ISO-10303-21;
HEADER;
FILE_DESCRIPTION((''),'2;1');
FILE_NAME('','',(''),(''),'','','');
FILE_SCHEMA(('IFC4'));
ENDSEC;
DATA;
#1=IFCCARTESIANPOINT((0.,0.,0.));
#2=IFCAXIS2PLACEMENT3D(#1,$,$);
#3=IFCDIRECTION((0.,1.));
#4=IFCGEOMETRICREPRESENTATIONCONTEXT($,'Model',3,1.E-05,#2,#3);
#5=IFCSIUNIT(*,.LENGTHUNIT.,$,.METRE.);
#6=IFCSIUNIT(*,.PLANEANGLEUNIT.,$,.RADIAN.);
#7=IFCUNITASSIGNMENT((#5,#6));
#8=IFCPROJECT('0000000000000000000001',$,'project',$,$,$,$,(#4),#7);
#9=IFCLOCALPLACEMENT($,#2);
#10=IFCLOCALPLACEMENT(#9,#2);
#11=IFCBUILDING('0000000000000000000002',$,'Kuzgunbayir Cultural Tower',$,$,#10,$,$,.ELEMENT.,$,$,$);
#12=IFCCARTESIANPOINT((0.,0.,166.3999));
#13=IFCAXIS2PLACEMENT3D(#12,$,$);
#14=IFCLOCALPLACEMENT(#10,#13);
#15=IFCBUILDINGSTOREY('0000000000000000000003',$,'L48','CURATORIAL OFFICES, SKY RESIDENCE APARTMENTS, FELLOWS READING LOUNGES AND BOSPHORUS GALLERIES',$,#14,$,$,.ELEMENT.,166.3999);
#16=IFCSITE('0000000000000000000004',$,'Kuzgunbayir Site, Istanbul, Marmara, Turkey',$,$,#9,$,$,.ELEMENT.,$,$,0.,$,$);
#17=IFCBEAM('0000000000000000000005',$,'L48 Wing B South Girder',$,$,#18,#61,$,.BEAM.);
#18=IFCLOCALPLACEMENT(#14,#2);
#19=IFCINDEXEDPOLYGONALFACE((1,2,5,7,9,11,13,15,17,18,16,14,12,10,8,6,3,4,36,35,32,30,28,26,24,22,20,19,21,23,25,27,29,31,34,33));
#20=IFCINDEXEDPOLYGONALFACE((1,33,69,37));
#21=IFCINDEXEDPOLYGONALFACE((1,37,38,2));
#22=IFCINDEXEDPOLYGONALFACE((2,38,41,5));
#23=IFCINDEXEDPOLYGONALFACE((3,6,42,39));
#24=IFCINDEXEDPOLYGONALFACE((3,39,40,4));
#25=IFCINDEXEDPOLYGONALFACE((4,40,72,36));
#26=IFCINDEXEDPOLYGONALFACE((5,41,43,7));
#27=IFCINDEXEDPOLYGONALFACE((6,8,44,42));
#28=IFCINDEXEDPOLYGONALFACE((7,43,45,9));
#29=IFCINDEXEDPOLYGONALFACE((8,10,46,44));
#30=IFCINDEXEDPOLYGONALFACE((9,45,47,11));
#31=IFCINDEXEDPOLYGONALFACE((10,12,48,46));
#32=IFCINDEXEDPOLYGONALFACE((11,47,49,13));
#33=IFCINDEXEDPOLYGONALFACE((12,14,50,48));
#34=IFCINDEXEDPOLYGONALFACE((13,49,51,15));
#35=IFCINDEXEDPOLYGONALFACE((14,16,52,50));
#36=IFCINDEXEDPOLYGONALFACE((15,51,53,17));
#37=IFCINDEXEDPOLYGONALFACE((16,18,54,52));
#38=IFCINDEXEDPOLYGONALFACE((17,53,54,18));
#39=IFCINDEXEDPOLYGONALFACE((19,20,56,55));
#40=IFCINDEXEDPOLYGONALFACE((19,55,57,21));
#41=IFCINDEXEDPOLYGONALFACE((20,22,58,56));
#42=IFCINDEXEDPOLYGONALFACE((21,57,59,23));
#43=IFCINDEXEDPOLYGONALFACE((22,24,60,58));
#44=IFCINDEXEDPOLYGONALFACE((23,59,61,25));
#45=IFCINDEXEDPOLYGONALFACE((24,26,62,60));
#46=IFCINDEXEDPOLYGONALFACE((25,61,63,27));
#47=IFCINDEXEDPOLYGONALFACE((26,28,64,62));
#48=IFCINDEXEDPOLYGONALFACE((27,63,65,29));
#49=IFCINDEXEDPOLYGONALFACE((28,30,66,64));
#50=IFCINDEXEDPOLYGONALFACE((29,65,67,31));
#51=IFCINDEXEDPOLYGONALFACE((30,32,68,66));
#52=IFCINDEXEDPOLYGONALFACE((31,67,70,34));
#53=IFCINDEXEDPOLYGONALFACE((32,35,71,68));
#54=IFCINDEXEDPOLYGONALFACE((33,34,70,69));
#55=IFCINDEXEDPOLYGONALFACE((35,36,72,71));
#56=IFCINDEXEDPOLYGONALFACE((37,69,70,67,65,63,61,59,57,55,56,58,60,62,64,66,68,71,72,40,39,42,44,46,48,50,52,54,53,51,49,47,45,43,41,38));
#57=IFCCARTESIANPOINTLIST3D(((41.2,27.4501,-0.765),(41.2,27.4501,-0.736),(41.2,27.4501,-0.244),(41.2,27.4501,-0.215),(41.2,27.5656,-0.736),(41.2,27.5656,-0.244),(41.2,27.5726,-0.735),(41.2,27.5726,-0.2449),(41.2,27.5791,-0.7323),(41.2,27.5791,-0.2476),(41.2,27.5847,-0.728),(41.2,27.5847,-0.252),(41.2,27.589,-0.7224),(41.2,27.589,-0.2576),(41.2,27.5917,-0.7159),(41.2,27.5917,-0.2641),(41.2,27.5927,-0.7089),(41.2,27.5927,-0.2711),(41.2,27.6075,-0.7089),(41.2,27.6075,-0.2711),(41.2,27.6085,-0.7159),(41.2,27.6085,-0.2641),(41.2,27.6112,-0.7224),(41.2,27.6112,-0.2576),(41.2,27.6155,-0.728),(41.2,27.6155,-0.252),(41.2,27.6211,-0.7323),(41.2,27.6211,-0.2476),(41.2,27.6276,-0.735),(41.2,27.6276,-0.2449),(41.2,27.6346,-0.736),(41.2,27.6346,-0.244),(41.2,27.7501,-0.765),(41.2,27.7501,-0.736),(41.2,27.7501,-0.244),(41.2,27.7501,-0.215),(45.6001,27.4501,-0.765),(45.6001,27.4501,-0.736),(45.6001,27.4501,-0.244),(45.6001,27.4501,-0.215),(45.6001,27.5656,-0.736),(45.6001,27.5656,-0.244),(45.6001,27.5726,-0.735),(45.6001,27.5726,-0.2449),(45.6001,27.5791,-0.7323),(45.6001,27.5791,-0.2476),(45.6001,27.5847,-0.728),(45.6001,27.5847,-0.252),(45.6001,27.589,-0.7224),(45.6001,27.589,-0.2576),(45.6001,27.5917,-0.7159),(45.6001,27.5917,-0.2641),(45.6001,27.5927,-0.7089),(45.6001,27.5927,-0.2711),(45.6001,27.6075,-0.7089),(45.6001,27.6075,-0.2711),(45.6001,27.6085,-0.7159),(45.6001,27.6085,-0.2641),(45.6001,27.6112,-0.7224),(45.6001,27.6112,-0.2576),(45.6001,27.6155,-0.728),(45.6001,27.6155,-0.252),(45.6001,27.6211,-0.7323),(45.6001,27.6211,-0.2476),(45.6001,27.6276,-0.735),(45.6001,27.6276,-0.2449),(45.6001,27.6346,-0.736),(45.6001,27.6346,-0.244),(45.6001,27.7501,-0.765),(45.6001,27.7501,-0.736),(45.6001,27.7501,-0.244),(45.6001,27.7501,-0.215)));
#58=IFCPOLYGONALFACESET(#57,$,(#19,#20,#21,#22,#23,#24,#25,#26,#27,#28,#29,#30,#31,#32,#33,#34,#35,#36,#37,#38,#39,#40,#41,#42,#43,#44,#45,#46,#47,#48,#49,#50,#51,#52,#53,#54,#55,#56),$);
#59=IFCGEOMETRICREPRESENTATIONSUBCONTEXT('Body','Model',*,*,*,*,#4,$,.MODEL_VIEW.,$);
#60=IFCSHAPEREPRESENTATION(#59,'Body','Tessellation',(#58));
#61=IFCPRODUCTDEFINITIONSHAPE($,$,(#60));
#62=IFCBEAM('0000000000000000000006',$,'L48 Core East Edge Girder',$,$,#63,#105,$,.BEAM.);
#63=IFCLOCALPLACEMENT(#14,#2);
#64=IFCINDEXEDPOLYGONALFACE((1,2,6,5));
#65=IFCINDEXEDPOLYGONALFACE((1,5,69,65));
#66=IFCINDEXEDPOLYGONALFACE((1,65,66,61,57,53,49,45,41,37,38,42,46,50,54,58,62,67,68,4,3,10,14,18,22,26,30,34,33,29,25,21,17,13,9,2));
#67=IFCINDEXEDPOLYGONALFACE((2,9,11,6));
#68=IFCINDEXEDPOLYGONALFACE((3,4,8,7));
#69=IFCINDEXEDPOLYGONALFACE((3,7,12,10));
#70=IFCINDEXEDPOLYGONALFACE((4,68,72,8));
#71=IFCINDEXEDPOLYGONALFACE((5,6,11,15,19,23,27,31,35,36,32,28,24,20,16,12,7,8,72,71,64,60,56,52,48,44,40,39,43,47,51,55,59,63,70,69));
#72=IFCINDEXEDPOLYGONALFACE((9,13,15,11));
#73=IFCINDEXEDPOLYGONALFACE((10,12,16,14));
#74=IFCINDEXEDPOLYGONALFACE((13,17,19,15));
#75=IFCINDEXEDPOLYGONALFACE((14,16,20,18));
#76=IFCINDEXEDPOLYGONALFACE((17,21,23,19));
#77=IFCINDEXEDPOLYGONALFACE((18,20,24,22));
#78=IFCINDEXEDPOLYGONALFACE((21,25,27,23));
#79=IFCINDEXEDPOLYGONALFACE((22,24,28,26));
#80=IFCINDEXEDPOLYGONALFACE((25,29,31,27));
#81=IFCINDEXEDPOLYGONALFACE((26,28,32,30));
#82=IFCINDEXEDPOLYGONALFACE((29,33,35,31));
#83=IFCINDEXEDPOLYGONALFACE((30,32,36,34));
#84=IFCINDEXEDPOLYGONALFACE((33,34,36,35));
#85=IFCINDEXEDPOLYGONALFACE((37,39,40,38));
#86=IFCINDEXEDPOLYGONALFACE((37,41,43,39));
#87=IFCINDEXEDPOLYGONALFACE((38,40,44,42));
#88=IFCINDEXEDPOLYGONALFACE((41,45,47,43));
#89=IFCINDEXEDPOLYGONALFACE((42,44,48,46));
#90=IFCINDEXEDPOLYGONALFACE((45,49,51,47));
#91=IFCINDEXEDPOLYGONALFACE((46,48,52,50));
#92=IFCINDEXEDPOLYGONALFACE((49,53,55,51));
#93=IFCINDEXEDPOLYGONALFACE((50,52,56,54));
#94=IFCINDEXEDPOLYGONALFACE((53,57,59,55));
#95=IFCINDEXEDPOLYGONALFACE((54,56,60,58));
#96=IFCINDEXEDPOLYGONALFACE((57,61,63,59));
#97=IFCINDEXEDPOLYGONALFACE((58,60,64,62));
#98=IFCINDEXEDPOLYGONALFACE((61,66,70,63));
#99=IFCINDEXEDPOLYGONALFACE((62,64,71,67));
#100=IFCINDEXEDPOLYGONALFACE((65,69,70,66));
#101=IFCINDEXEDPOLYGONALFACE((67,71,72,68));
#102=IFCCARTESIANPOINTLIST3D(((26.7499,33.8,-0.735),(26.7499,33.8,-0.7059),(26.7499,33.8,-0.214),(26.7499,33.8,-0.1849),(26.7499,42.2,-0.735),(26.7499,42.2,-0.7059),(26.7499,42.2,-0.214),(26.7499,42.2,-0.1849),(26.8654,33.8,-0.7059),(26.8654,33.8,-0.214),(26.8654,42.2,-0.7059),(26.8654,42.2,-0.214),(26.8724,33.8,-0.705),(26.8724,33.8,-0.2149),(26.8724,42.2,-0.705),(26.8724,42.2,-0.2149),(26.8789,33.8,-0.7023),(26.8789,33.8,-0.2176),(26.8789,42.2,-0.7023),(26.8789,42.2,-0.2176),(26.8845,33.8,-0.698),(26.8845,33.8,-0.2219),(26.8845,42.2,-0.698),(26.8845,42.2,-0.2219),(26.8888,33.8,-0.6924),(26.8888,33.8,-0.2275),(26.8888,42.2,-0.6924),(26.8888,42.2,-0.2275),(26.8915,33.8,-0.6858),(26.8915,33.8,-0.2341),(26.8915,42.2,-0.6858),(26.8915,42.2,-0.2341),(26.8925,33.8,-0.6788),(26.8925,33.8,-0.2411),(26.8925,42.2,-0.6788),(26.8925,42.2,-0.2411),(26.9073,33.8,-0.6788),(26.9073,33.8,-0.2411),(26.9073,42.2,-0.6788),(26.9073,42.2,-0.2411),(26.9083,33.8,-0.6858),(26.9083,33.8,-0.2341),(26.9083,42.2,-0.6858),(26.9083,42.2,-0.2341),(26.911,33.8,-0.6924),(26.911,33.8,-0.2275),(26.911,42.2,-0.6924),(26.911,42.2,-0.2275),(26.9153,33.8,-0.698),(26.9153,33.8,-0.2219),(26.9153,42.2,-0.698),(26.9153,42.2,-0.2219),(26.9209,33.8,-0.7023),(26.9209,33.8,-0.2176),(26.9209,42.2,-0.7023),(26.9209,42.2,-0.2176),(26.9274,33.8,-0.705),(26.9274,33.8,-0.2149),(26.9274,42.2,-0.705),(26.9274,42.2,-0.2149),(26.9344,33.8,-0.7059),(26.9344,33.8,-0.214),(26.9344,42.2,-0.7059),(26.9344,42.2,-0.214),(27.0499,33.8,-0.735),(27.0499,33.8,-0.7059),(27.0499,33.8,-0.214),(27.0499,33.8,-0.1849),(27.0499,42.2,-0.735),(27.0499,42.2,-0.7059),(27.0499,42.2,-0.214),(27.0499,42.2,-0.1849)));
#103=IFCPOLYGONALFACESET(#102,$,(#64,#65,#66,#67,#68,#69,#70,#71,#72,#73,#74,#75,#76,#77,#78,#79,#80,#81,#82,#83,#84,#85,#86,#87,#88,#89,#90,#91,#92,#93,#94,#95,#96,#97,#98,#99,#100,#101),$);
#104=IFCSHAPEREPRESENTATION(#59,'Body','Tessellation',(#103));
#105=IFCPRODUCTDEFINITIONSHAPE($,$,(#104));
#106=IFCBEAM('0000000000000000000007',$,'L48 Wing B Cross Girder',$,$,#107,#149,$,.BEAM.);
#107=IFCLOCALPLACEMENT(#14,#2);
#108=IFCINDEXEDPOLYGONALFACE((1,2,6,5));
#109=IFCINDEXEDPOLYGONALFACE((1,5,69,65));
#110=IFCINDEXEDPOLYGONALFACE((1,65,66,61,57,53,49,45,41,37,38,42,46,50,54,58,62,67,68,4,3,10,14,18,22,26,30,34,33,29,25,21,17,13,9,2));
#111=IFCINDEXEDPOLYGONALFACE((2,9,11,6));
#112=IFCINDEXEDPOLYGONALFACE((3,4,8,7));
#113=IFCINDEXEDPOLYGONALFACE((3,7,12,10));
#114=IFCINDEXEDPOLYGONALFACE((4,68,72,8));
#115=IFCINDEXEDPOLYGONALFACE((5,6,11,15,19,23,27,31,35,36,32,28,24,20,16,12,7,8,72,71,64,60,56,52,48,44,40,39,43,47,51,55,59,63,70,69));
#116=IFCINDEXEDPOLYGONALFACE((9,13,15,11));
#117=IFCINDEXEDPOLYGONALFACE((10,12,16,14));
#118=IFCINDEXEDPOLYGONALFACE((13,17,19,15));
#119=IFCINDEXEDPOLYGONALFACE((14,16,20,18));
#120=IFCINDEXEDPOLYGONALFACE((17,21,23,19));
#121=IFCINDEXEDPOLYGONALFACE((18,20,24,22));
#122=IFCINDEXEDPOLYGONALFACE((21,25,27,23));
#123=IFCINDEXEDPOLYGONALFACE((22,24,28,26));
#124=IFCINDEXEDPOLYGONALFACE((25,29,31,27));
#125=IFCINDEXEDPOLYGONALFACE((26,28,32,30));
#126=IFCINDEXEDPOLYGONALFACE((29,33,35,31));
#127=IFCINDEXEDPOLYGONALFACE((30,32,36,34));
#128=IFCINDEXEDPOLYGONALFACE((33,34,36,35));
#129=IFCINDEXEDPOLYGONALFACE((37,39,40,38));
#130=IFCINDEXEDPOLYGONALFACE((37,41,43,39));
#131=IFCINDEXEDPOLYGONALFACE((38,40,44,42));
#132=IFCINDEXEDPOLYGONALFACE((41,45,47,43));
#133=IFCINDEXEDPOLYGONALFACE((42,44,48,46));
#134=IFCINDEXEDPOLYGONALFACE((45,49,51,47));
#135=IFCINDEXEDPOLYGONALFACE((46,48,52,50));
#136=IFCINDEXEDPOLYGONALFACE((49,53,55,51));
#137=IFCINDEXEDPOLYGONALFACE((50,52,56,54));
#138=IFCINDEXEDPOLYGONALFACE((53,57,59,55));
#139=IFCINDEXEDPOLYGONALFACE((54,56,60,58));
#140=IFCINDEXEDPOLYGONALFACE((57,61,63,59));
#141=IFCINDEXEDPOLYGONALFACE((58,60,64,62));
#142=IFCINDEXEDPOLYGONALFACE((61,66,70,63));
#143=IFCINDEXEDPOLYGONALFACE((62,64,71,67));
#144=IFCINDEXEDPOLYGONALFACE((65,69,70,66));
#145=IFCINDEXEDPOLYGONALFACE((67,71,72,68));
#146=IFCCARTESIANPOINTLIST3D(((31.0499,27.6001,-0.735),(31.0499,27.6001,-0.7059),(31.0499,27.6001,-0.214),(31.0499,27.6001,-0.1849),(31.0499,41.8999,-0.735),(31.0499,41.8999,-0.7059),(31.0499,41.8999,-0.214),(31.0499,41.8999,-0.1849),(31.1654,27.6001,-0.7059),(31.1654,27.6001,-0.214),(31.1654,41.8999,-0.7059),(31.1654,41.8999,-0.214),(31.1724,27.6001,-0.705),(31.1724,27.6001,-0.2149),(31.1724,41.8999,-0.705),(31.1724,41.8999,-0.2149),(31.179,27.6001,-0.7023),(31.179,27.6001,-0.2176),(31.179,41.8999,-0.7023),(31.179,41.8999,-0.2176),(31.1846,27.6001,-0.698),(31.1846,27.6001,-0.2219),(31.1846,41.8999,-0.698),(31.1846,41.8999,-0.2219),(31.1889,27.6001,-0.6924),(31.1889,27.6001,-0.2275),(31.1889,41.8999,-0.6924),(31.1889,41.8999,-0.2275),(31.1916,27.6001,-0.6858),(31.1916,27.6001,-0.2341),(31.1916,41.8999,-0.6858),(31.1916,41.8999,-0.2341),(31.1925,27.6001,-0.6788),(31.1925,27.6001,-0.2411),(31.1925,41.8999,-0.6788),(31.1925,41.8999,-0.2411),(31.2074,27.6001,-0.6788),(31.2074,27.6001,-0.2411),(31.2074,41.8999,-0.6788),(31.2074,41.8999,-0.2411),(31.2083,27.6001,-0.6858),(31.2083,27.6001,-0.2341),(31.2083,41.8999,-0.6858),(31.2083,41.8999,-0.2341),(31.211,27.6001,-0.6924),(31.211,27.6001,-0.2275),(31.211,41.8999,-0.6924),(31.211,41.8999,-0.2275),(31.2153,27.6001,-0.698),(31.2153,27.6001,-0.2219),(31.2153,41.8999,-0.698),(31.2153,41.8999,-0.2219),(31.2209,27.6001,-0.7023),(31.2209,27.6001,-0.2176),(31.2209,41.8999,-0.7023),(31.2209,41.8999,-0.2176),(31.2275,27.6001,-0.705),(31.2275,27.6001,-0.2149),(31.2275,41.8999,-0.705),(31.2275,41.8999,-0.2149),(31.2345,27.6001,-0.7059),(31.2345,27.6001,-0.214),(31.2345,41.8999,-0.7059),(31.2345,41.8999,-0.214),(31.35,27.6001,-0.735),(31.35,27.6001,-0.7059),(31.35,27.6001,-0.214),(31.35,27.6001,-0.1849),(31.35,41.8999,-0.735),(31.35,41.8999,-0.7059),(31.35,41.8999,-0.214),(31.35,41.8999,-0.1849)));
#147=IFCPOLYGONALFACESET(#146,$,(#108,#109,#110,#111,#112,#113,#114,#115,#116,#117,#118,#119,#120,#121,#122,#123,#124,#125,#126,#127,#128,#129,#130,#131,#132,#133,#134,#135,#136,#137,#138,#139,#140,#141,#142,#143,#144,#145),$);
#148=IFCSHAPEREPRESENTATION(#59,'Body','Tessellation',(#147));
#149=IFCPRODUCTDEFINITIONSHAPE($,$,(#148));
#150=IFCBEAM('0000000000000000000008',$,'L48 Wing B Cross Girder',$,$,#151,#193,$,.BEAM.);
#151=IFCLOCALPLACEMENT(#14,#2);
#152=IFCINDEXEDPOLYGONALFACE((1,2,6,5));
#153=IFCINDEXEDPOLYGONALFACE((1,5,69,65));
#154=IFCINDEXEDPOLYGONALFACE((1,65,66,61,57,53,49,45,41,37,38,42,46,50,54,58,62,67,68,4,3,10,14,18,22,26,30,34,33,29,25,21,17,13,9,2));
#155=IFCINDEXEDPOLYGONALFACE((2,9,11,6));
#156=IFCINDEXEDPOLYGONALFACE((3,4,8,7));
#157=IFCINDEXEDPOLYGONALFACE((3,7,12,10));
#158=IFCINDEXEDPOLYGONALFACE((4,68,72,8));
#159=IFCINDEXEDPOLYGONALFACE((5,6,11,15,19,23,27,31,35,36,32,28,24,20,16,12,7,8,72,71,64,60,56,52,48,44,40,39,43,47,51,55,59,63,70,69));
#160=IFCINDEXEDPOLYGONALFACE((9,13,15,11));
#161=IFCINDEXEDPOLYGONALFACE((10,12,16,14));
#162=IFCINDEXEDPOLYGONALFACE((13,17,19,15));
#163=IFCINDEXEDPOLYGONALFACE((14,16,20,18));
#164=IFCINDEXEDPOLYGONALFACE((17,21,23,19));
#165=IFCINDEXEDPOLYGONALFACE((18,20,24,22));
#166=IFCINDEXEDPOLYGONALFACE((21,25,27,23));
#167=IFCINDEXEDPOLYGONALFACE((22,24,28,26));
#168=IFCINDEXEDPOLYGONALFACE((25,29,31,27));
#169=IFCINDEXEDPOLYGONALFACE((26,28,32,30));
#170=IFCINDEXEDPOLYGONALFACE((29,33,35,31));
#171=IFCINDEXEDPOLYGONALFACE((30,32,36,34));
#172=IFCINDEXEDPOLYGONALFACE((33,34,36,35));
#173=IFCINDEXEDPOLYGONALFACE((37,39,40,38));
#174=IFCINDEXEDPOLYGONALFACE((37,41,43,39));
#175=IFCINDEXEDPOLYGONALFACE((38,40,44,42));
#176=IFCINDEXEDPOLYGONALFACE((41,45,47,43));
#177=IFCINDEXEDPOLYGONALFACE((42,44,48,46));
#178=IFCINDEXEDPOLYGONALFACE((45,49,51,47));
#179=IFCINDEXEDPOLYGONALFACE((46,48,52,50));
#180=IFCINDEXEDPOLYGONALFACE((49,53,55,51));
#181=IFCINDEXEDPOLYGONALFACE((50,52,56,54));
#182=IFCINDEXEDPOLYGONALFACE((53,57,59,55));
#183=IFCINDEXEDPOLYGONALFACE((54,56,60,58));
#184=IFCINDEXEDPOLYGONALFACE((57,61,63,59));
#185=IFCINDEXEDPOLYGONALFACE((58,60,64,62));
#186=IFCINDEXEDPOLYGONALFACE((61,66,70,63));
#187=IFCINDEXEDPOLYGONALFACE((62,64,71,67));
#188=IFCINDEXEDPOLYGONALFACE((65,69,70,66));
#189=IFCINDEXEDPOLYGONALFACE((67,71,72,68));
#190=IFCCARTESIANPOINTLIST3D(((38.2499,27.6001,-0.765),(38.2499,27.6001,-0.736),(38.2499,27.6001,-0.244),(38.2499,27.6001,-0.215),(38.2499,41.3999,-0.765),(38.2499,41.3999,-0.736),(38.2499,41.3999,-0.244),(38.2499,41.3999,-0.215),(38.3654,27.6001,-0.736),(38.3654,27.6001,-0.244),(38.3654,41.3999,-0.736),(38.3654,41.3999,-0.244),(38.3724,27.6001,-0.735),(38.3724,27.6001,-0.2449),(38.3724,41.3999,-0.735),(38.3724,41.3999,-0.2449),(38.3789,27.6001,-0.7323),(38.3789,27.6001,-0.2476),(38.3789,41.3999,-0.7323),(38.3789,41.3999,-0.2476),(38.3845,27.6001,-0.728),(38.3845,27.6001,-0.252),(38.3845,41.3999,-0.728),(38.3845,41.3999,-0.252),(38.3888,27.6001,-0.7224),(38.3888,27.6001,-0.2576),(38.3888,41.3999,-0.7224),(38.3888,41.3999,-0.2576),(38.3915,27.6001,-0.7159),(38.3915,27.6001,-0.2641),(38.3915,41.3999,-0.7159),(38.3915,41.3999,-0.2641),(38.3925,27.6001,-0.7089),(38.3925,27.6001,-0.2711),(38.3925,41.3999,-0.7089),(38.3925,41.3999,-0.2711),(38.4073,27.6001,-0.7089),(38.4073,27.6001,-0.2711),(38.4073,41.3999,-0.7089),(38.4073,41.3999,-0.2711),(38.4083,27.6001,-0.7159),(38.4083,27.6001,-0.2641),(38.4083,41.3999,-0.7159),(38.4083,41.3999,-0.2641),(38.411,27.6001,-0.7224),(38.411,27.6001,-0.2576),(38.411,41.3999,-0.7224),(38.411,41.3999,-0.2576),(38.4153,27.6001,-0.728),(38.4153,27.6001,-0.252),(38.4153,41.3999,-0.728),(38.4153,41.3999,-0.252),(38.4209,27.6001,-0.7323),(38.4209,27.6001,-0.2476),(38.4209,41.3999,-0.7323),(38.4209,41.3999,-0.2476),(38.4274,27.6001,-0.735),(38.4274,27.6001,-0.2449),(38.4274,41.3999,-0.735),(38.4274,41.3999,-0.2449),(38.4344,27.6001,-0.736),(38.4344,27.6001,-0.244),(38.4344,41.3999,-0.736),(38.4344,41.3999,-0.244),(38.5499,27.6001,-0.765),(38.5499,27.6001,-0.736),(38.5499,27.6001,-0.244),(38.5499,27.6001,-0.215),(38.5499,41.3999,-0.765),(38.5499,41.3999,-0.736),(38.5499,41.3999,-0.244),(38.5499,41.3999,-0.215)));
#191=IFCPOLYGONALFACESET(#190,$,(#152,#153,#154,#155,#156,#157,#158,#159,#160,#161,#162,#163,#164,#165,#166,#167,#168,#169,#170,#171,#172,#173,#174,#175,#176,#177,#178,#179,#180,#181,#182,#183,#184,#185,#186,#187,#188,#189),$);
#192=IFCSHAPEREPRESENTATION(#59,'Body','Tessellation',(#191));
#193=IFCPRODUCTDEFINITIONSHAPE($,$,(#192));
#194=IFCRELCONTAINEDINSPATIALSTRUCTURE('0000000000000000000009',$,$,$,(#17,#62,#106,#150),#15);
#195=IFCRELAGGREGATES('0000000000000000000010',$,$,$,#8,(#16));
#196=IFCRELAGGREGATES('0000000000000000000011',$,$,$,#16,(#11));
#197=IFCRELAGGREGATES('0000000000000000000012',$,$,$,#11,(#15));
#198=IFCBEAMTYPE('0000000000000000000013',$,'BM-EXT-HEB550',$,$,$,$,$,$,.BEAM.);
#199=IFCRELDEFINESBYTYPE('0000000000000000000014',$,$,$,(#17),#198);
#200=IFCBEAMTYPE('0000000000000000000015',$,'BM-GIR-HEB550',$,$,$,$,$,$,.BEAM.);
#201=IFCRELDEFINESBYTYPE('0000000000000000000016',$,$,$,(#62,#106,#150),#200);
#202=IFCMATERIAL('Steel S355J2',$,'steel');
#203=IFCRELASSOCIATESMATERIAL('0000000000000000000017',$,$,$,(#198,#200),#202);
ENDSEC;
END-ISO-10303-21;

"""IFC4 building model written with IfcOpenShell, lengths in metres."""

from ifc_helpers import new_model, si_unit, direction, frame, origin, origin_2d, place, context, subcontext, project, spatial, i_section, extrude, material, material_profile, profile_set, type_object, element, save


model = new_model("IFC4")

# Units and contexts
model_context = context("Model", 3, precision=1e-05, world=origin(), true_north=direction((0.0, 1.0)))
body_context = subcontext(model_context, "Body", "Model", "MODEL_VIEW")
ifc_project = project(units=[si_unit("LENGTHUNIT", "METRE"), si_unit("PLANEANGLEUNIT", "RADIAN")], contexts=[model_context])

# Site, building, storey
site_placement = place(None, origin())
site = spatial("IfcSite", under=ifc_project, at=site_placement, Name="Kuzgunbayir Site, Istanbul, Marmara, Turkey", CompositionType="ELEMENT", RefElevation=0.0)
building_placement = place(site_placement, origin())
building = spatial("IfcBuilding", under=site, at=building_placement, Name="Kuzgunbayir Cultural Tower", CompositionType="ELEMENT")
storey_placement = place(building_placement, frame((0.0, 0.0, 166.3999)))
storey = spatial("IfcBuildingStorey", under=building, at=storey_placement, Name="L48", Description="CURATORIAL OFFICES, SKY RESIDENCE APARTMENTS, FELLOWS READING LOUNGES AND BOSPHORUS GALLERIES", CompositionType="ELEMENT", Elevation=166.3999)

# Beams
ifc_material_1 = material(Name="Steel S355J2", Category="steel")
ifc_material_profile_1 = material_profile(ifc_material_1, i_section(OverallWidth=0.3, OverallDepth=0.55, WebThickness=0.0149, FlangeThickness=0.0291, FilletRadius=0.0271, at=origin_2d()), Name="HEB 550")
ifc_profile_set_1 = profile_set([ifc_material_profile_1], Name="Steel S355J2")
beam_type_1 = type_object("IfcBeamType", Name="BM-EXT-HEB550", PredefinedType="BEAM", material=ifc_profile_set_1)
beam_1_placement = place(storey_placement, frame((41.2, 27.6001, -0.49), z_axis=(1.0, 0.0, 0.0), x_axis=(0.0, 1.0, 0.0)))
element("IfcBeam", 1, at=beam_1_placement, inside=storey, type_object=beam_type_1, Name="L48 Wing B South Girder", PredefinedType="BEAM", context=body_context, shape_type="SweptSolid", body=[
    extrude(i_section(OverallWidth=0.3, OverallDepth=0.55, WebThickness=0.0149, FlangeThickness=0.0291, FilletRadius=0.0271, at=origin_2d()), origin(), (0.0, 0.0, 1.0), 4.4001),
])
ifc_material_profile_2 = material_profile(ifc_material_1, i_section(OverallWidth=0.3, OverallDepth=0.55, WebThickness=0.0149, FlangeThickness=0.0291, FilletRadius=0.0271, at=origin_2d()), Name="HEB 550")
ifc_profile_set_2 = profile_set([ifc_material_profile_2], Name="Steel S355J2")
beam_type_2 = type_object("IfcBeamType", Name="BM-GIR-HEB550", PredefinedType="BEAM", material=ifc_profile_set_2)
beam_2_placement = place(storey_placement, frame((26.8999, 33.8, -0.46), z_axis=(0.0, 1.0, 0.0), x_axis=(-1.0, 0.0, 0.0)))
element("IfcBeam", 2, at=beam_2_placement, inside=storey, type_object=beam_type_2, Name="L48 Core East Edge Girder", PredefinedType="BEAM", context=body_context, shape_type="SweptSolid", body=[
    extrude(i_section(OverallWidth=0.3, OverallDepth=0.55, WebThickness=0.0149, FlangeThickness=0.0291, FilletRadius=0.0271, at=origin_2d()), origin(), (0.0, 0.0, 1.0), 8.3999),
])
beam_3_placement = place(storey_placement, frame((31.2, 27.6001, -0.46), z_axis=(0.0, 1.0, 0.0), x_axis=(-1.0, 0.0, 0.0)))
element("IfcBeam", 3, at=beam_3_placement, inside=storey, type_object=beam_type_2, Name="L48 Wing B Cross Girder", PredefinedType="BEAM", context=body_context, shape_type="SweptSolid", body=[
    extrude(i_section(OverallWidth=0.3, OverallDepth=0.55, WebThickness=0.0149, FlangeThickness=0.0291, FilletRadius=0.0271, at=origin_2d()), origin(), (0.0, 0.0, 1.0), 14.2998),
])
beam_4_placement = place(storey_placement, frame((38.3999, 27.6001, -0.49), z_axis=(0.0, 1.0, 0.0), x_axis=(-1.0, 0.0, 0.0)))
element("IfcBeam", 4, at=beam_4_placement, inside=storey, type_object=beam_type_2, Name="L48 Wing B Cross Girder", PredefinedType="BEAM", context=body_context, shape_type="SweptSolid", body=[
    extrude(i_section(OverallWidth=0.3, OverallDepth=0.55, WebThickness=0.0149, FlangeThickness=0.0291, FilletRadius=0.0271, at=origin_2d()), origin(), (0.0, 0.0, 1.0), 13.7998),
])

save(model, "model.ifc")
